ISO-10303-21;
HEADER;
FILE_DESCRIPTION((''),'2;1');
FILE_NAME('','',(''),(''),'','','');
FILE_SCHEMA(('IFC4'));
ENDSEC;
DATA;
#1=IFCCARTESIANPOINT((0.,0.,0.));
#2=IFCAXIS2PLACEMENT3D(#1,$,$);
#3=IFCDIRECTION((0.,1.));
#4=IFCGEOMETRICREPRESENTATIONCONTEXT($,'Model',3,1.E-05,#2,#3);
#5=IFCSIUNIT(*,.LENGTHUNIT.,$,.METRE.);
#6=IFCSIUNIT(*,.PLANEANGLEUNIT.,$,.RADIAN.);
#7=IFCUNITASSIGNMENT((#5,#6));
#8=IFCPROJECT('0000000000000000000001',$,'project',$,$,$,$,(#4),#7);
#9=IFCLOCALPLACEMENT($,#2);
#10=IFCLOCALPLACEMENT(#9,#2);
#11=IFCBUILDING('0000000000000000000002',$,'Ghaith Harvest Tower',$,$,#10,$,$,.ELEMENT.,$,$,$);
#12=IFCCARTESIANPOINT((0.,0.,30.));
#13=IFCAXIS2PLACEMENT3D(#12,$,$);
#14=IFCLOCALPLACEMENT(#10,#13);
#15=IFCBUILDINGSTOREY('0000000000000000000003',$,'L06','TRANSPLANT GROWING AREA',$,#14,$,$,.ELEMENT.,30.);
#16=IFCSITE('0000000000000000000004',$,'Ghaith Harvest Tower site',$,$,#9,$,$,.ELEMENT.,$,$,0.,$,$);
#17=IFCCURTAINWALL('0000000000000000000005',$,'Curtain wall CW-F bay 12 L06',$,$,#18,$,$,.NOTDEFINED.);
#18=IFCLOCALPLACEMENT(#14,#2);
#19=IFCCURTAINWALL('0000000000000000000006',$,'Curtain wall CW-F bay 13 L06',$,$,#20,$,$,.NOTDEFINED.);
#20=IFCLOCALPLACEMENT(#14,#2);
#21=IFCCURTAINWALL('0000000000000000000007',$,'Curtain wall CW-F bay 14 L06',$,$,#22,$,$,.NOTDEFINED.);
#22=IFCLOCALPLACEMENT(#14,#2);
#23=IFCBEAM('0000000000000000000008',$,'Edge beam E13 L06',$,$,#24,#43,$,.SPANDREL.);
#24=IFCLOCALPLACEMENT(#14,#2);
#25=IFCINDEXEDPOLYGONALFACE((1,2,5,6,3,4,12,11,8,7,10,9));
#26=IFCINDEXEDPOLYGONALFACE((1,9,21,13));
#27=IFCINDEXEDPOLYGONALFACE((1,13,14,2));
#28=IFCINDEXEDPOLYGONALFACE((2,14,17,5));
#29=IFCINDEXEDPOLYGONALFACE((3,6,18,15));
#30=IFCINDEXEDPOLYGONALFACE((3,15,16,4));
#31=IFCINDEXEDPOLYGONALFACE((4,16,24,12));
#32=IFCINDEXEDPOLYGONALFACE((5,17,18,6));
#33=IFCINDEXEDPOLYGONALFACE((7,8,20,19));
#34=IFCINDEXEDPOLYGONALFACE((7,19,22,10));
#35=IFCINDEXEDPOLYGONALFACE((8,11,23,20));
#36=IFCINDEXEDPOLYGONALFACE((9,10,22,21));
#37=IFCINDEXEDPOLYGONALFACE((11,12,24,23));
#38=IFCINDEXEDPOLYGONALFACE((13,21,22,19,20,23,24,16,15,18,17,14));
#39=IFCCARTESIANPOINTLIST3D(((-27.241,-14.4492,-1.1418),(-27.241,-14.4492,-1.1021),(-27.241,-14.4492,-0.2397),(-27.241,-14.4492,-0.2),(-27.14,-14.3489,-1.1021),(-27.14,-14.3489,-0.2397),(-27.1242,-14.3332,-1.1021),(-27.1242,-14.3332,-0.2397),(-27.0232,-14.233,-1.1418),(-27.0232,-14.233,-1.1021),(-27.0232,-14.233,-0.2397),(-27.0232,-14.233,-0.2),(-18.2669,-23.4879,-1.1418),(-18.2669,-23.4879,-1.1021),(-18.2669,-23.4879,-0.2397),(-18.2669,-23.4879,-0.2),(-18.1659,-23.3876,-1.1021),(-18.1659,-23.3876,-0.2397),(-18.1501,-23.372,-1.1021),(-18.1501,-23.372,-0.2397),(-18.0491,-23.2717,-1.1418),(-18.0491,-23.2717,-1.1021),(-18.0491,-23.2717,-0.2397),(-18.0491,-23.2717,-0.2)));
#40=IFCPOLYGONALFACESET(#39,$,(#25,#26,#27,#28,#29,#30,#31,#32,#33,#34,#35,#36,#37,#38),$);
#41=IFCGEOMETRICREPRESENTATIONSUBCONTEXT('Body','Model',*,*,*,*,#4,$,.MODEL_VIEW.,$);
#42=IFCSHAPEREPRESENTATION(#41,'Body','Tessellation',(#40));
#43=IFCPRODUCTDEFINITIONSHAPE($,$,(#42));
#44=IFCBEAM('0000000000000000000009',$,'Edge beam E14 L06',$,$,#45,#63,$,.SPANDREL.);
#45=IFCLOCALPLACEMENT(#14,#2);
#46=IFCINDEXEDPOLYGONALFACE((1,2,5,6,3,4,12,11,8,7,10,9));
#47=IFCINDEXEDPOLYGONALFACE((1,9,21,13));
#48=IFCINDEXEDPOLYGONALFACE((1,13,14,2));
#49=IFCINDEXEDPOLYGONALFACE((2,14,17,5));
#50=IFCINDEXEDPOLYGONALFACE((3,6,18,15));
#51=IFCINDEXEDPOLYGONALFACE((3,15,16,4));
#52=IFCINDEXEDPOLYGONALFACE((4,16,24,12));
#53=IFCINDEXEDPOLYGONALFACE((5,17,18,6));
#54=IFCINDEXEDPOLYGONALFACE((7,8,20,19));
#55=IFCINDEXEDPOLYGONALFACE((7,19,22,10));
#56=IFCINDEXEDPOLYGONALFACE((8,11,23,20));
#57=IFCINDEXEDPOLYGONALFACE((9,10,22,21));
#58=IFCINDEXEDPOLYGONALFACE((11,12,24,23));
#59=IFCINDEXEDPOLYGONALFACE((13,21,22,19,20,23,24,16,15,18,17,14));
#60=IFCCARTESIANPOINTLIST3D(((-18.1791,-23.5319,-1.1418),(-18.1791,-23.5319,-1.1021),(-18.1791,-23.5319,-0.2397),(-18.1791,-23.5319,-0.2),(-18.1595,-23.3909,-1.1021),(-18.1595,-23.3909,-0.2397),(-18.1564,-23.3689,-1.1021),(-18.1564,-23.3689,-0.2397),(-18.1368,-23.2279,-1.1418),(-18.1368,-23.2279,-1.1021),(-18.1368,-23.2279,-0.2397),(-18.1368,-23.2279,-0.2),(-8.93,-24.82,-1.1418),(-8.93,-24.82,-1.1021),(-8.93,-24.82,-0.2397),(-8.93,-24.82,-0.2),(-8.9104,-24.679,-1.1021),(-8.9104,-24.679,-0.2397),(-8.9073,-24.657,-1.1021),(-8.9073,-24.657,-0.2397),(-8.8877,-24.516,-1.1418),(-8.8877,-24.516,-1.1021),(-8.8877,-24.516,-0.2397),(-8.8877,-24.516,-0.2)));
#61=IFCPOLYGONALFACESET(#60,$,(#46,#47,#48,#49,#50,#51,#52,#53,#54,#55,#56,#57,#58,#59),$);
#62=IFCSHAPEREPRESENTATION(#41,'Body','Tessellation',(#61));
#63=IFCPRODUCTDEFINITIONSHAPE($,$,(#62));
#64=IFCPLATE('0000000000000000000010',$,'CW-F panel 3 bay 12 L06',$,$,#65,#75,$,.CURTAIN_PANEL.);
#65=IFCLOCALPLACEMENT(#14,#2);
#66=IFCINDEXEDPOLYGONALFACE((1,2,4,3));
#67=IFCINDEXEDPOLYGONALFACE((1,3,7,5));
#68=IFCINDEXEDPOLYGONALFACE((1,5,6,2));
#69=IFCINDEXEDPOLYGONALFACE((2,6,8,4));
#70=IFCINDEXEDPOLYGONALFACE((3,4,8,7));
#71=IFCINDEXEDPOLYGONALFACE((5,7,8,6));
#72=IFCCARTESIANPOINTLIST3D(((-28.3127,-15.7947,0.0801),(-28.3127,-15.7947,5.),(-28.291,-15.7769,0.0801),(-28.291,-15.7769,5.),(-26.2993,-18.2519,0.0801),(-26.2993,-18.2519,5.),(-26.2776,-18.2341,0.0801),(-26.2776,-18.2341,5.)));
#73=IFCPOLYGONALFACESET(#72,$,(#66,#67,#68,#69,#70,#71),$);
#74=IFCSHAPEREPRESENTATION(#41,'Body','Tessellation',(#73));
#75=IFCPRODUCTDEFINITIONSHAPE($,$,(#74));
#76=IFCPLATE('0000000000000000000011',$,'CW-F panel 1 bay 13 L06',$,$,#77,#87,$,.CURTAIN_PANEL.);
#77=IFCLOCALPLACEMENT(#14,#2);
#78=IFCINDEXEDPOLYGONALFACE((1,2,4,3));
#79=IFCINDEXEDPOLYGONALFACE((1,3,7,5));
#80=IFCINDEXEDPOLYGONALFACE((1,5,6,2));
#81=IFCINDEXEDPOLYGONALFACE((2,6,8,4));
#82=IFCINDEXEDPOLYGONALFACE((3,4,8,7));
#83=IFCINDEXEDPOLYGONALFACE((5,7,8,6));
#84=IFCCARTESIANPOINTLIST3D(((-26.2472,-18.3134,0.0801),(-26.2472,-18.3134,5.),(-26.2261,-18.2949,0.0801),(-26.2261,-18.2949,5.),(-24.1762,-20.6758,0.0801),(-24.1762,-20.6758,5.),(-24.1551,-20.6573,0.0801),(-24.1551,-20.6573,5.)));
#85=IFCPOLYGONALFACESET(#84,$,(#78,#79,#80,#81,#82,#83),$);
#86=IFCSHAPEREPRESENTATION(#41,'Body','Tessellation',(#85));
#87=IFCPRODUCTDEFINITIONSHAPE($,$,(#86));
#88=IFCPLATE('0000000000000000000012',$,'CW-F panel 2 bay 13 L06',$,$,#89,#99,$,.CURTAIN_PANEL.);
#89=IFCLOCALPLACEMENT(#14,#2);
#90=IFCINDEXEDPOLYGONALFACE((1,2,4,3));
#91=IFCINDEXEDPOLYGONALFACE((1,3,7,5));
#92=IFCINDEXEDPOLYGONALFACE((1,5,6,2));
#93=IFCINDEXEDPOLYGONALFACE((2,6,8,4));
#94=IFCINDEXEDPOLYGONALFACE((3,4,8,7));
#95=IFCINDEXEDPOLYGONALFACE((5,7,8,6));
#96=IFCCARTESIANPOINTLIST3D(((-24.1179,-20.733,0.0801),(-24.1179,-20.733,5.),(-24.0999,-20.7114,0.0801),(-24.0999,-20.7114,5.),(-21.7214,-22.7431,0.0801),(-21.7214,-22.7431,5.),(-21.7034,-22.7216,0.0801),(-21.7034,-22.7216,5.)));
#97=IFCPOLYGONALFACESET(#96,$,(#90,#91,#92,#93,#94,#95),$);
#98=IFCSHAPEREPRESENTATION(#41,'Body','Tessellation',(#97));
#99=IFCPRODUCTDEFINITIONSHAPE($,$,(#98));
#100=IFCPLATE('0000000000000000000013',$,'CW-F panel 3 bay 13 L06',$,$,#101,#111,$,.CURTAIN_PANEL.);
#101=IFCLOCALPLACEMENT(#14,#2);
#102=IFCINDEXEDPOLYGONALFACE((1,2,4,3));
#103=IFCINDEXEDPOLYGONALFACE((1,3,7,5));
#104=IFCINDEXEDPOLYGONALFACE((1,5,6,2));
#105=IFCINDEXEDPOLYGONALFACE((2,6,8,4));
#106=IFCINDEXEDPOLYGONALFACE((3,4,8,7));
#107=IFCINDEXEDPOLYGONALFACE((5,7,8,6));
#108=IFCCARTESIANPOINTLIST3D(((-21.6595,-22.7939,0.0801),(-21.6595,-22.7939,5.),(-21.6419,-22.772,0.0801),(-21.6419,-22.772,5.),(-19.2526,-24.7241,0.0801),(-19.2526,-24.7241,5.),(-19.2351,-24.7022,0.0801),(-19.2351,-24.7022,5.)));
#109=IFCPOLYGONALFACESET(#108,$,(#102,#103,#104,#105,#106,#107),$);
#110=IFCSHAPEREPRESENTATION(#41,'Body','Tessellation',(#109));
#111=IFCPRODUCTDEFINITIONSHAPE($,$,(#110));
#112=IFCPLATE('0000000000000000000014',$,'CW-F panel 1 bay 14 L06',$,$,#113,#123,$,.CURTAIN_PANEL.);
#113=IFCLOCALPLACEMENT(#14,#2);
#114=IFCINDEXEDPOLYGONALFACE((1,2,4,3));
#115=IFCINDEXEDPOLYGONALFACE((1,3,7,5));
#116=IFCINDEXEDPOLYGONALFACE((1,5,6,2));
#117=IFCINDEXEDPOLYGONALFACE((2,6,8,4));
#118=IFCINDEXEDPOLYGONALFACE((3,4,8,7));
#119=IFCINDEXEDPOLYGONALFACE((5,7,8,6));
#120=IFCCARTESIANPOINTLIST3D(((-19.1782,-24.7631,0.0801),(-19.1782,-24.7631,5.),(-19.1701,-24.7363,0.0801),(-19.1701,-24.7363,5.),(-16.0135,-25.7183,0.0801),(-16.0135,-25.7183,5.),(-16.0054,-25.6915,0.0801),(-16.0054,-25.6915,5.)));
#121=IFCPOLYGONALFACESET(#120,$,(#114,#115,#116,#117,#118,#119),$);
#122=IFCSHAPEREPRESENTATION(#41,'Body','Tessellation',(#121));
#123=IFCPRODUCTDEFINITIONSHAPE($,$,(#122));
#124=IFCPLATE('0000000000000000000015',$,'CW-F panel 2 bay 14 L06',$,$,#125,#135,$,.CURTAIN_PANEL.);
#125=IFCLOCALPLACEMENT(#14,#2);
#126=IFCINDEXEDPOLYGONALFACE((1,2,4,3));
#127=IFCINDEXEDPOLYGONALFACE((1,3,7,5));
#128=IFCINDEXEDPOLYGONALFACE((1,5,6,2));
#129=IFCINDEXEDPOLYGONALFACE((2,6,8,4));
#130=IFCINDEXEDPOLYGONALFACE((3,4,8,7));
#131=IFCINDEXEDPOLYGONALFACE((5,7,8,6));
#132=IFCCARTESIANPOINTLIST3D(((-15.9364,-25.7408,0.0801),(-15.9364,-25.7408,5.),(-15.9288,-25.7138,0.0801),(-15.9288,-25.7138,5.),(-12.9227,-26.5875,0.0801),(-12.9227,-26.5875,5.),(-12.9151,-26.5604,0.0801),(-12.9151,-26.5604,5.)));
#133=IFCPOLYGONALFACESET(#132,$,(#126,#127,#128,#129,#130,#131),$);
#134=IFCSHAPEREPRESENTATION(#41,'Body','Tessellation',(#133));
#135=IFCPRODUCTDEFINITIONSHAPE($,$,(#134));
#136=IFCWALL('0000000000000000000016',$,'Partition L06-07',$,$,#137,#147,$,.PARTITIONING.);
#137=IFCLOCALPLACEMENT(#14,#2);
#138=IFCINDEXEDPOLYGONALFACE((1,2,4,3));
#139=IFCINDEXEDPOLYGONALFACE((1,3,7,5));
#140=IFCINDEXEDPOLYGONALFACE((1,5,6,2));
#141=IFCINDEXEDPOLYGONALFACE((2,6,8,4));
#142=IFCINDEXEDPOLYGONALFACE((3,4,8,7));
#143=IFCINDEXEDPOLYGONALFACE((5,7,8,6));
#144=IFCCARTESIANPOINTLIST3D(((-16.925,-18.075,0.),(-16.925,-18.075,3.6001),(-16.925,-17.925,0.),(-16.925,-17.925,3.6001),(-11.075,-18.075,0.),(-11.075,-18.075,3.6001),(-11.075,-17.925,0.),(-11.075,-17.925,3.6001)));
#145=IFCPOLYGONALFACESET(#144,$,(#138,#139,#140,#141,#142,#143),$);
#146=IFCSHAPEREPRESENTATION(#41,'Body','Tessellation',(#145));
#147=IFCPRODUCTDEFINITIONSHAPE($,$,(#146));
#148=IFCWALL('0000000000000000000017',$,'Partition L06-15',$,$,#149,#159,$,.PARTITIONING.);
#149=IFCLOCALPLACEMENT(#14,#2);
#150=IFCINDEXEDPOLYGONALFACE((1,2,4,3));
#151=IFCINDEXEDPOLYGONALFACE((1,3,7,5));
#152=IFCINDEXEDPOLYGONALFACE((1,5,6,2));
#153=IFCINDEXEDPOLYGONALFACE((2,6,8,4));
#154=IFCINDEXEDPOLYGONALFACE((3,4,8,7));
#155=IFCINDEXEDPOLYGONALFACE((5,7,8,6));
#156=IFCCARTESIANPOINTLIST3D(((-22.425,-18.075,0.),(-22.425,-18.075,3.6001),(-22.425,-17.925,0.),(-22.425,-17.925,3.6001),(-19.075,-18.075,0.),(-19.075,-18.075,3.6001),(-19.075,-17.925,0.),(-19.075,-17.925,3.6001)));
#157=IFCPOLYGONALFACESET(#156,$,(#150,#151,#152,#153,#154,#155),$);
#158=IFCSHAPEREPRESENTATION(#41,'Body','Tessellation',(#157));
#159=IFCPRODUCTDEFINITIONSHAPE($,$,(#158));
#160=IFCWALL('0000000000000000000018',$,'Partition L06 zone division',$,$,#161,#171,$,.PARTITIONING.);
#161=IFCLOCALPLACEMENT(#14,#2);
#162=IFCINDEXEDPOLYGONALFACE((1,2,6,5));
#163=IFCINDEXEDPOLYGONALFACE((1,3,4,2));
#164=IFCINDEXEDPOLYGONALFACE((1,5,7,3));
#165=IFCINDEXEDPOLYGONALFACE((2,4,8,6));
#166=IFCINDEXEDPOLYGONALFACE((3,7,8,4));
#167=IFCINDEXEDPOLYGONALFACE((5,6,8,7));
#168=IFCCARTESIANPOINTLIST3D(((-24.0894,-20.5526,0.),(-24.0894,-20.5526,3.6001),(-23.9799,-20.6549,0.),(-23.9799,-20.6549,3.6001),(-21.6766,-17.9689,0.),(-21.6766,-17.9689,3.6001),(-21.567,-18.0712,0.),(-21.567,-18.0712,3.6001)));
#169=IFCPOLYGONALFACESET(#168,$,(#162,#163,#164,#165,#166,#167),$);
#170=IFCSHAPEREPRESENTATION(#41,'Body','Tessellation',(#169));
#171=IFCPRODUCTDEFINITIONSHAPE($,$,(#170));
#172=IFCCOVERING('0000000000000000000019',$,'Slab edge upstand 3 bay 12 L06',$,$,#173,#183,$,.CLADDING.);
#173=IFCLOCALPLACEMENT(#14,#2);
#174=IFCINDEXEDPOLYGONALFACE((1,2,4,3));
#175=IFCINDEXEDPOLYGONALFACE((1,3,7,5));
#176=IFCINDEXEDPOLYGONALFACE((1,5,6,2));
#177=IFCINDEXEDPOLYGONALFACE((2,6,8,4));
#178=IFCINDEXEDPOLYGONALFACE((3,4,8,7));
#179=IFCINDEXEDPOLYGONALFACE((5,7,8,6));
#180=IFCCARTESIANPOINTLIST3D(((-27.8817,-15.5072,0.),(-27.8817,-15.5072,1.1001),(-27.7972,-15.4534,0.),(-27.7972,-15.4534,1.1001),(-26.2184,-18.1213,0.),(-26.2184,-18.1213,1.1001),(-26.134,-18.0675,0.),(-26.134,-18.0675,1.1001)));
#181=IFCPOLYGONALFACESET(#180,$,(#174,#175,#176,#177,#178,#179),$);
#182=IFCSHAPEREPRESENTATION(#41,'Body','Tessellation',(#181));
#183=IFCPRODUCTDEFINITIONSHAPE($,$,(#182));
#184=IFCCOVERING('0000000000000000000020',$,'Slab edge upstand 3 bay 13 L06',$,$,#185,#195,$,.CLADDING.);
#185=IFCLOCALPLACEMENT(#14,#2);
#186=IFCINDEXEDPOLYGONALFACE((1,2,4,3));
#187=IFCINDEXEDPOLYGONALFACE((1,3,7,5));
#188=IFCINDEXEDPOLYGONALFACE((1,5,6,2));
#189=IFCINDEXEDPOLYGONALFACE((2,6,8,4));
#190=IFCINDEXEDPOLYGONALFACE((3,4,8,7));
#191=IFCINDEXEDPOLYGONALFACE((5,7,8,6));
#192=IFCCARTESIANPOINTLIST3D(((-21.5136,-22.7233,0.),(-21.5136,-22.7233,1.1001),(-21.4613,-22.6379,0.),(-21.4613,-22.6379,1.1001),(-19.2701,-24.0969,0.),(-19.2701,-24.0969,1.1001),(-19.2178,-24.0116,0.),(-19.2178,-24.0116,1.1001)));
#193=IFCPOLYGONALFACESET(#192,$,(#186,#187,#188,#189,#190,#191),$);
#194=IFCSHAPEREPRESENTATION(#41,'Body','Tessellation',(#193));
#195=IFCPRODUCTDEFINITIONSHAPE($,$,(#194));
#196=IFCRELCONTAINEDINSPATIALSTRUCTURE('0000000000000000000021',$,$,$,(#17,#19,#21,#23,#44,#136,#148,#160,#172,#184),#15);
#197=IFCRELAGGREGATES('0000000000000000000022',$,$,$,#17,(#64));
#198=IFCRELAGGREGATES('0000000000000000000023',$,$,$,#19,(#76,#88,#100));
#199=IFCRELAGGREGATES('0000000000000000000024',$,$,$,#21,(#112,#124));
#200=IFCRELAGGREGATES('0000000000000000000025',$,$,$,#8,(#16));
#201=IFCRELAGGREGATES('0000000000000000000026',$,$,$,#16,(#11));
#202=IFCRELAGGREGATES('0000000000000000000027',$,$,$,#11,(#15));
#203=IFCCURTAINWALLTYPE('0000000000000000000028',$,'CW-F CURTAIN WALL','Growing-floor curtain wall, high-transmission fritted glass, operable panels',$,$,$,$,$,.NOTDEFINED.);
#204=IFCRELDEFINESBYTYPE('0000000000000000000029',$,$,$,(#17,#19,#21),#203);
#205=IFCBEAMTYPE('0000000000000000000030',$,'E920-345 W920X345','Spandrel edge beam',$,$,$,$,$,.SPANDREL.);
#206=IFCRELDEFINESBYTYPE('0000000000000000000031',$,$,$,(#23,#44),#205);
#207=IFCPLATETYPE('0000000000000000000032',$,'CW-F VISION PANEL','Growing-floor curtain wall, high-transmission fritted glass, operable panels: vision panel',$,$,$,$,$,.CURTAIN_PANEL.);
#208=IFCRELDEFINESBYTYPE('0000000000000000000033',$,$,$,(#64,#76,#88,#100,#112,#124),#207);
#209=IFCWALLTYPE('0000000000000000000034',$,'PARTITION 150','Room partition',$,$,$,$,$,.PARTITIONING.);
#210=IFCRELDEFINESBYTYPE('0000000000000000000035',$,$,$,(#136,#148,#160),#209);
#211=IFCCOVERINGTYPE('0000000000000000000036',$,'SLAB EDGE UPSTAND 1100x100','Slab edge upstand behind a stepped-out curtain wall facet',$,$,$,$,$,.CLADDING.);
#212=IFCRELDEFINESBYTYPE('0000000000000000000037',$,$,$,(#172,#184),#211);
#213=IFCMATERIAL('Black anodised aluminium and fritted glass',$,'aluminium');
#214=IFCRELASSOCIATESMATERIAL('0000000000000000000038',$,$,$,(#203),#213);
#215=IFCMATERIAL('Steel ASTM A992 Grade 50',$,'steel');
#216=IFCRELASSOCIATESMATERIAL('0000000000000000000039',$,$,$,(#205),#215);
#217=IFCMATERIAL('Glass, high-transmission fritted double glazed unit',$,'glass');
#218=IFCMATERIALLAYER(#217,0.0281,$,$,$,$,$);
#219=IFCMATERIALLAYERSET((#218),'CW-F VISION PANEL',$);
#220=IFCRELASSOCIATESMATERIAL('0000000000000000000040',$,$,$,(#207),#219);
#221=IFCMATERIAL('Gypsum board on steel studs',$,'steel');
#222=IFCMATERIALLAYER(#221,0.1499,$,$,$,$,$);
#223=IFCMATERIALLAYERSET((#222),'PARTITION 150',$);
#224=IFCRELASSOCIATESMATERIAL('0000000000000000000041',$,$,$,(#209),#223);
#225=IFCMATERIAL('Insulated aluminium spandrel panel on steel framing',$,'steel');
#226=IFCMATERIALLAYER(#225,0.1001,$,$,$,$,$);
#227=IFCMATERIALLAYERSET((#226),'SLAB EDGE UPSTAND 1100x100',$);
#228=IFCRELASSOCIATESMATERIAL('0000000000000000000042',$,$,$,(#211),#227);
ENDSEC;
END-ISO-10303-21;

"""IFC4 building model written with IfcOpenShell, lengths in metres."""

from ifc_helpers import new_model, si_unit, direction, frame, frame_2d, origin, origin_2d, place, context, subcontext, project, spatial, rectangle, i_section, extrude, material, layer, layer_set, material_profile, profile_set, type_object, element, aggregate, save


model = new_model("IFC4")

# Units and contexts
model_context = context("Model", 3, precision=1e-05, world=origin(), true_north=direction((0.0, 1.0)))
body_context = subcontext(model_context, "Body", "Model", "MODEL_VIEW")
ifc_project = project(units=[si_unit("LENGTHUNIT", "METRE"), si_unit("PLANEANGLEUNIT", "RADIAN")], contexts=[model_context])

# Site, building, storey
site_placement = place(None, origin())
site = spatial("IfcSite", under=ifc_project, at=site_placement, Name="Ghaith Harvest Tower site", CompositionType="ELEMENT", RefElevation=0.0)
building_placement = place(site_placement, origin())
building = spatial("IfcBuilding", under=site, at=building_placement, Name="Ghaith Harvest Tower", CompositionType="ELEMENT")
storey_placement = place(building_placement, frame((0.0, 0.0, 30.0)))
storey = spatial("IfcBuildingStorey", under=building, at=storey_placement, Name="L06", Description="TRANSPLANT GROWING AREA", CompositionType="ELEMENT", Elevation=30.0)

# Curtain wall
ifc_material_1 = material(Name="Black anodised aluminium and fritted glass", Category="aluminium")
curtain_wall_type = type_object("IfcCurtainWallType", Name="CW-F CURTAIN WALL", Description="Growing-floor curtain wall, high-transmission fritted glass, operable panels", PredefinedType="NOTDEFINED", material=ifc_material_1)
curtain_wall_1_placement = place(storey_placement, origin())
curtain_wall_1 = element("IfcCurtainWall", 1, at=curtain_wall_1_placement, inside=storey, type_object=curtain_wall_type, Name="Curtain wall CW-F bay 12 L06", PredefinedType="NOTDEFINED")

# Curtain walls
curtain_wall_2_placement = place(storey_placement, origin())
curtain_wall_2 = element("IfcCurtainWall", 2, at=curtain_wall_2_placement, inside=storey, type_object=curtain_wall_type, Name="Curtain wall CW-F bay 13 L06", PredefinedType="NOTDEFINED")
curtain_wall_3_placement = place(storey_placement, origin())
curtain_wall_3 = element("IfcCurtainWall", 3, at=curtain_wall_3_placement, inside=storey, type_object=curtain_wall_type, Name="Curtain wall CW-F bay 14 L06", PredefinedType="NOTDEFINED")

# Beams
ifc_material_2 = material(Name="Steel ASTM A992 Grade 50", Category="steel")
ifc_material_profile_1 = material_profile(ifc_material_2, i_section(OverallWidth=0.3069, OverallDepth=0.9419, WebThickness=0.0222, FlangeThickness=0.0398, at=origin_2d()), Name="W920X345")
ifc_profile_set_1 = profile_set([ifc_material_profile_1], Name="Steel ASTM A992 Grade 50")
beam_type = type_object("IfcBeamType", Name="E920-345 W920X345", Description="Spandrel edge beam", PredefinedType="SPANDREL", material=ifc_profile_set_1)
beam_1_placement = place(storey_placement, frame((-27.1321, -14.3411, -0.6709), z_axis=(0.704563, -0.709642, 0.0), x_axis=(0.709642, 0.704563, 0.0)))
element("IfcBeam", 4, at=beam_1_placement, inside=storey, type_object=beam_type, Name="Edge beam E13 L06", PredefinedType="SPANDREL", context=body_context, shape_type="SweptSolid", body=[
    extrude(i_section(OverallWidth=0.3069, OverallDepth=0.9419, WebThickness=0.0222, FlangeThickness=0.0398, at=origin_2d()), origin(), (0.0, 0.0, 1.0), 12.7371),
])
beam_2_placement = place(storey_placement, frame((-18.158, -23.3799, -0.6709), z_axis=(0.990441, -0.137936, 0.0), x_axis=(0.137936, 0.990441, 0.0)))
element("IfcBeam", 5, at=beam_2_placement, inside=storey, type_object=beam_type, Name="Edge beam E14 L06", PredefinedType="SPANDREL", context=body_context, shape_type="SweptSolid", body=[
    extrude(i_section(OverallWidth=0.3069, OverallDepth=0.9419, WebThickness=0.0222, FlangeThickness=0.0398, at=origin_2d()), origin(), (0.0, 0.0, 1.0), 9.3384),
])

# Plates
ifc_material_3 = material(Name="Glass, high-transmission fritted double glazed unit", Category="glass")
ifc_layer_1 = layer(ifc_material_3, 0.0281)
ifc_layer_set_1 = layer_set([ifc_layer_1], Name="CW-F VISION PANEL")
plate_type = type_object("IfcPlateType", Name="CW-F VISION PANEL", Description="Growing-floor curtain wall, high-transmission fritted glass, operable panels: vision panel", PredefinedType="CURTAIN_PANEL", material=ifc_layer_set_1)
plate_1_placement = place(storey_placement, frame((-27.2952, -17.0144, 0.0801), z_axis=(0.0, 0.0, 1.0), x_axis=(0.63379, -0.773505, 0.0)))
plate_1 = element("IfcPlate", 6, at=plate_1_placement, type_object=plate_type, Name="CW-F panel 3 bay 12 L06", PredefinedType="CURTAIN_PANEL", context=body_context, shape_type="SweptSolid", body=[
    extrude(rectangle(XDim=3.1768, YDim=0.0281, at=origin_2d()), origin(), (0.0, 0.0, 1.0), 4.9199),
])
aggregate(curtain_wall_1, [plate_1])
plate_2_placement = place(storey_placement, frame((-25.2012, -19.4854, 0.0801), z_axis=(0.0, 0.0, 1.0), x_axis=(0.659216, -0.751954, 0.0)))
plate_2 = element("IfcPlate", 7, at=plate_2_placement, type_object=plate_type, Name="CW-F panel 1 bay 13 L06", PredefinedType="CURTAIN_PANEL", context=body_context, shape_type="SweptSolid", body=[
    extrude(rectangle(XDim=3.1416, YDim=0.0281, at=origin_2d()), origin(), (0.0, 0.0, 1.0), 4.9199),
])
plate_3_placement = place(storey_placement, frame((-22.9106, -21.7273, 0.0801), z_axis=(0.0, 0.0, 1.0), x_axis=(0.766155, -0.642656, 0.0)))
plate_3 = element("IfcPlate", 8, at=plate_3_placement, type_object=plate_type, Name="CW-F panel 2 bay 13 L06", PredefinedType="CURTAIN_PANEL", context=body_context, shape_type="SweptSolid", body=[
    extrude(rectangle(XDim=3.1279, YDim=0.0281, at=origin_2d()), origin(), (0.0, 0.0, 1.0), 4.9199),
])
plate_4_placement = place(storey_placement, frame((-20.4473, -23.748, 0.0801), z_axis=(0.0, 0.0, 1.0), x_axis=(0.780122, -0.625627, 0.0)))
plate_4 = element("IfcPlate", 9, at=plate_4_placement, type_object=plate_type, Name="CW-F panel 3 bay 13 L06", PredefinedType="CURTAIN_PANEL", context=body_context, shape_type="SweptSolid", body=[
    extrude(rectangle(XDim=3.0852, YDim=0.0281, at=origin_2d()), origin(), (0.0, 0.0, 1.0), 4.9199),
])
aggregate(curtain_wall_2, [plate_2, plate_3, plate_4])
plate_5_placement = place(storey_placement, frame((-17.5918, -25.2273, 0.0801), z_axis=(0.0, 0.0, 1.0), x_axis=(0.957342, -0.288956, 0.0)))
plate_5 = element("IfcPlate", 10, at=plate_5_placement, type_object=plate_type, Name="CW-F panel 1 bay 14 L06", PredefinedType="CURTAIN_PANEL", context=body_context, shape_type="SweptSolid", body=[
    extrude(rectangle(XDim=3.3057, YDim=0.0281, at=origin_2d()), origin(), (0.0, 0.0, 1.0), 4.9199),
])
plate_6_placement = place(storey_placement, frame((-14.4258, -26.1506, 0.0801), z_axis=(0.0, 0.0, 1.0), x_axis=(0.96273, -0.270465, 0.0)))
plate_6 = element("IfcPlate", 11, at=plate_6_placement, type_object=plate_type, Name="CW-F panel 2 bay 14 L06", PredefinedType="CURTAIN_PANEL", context=body_context, shape_type="SweptSolid", body=[
    extrude(rectangle(XDim=3.1304, YDim=0.0281, at=origin_2d()), origin(), (0.0, 0.0, 1.0), 4.9199),
])
aggregate(curtain_wall_3, [plate_5, plate_6])

# Walls
ifc_material_4 = material(Name="Gypsum board on steel studs", Category="steel")
ifc_layer_2 = layer(ifc_material_4, 0.1499)
ifc_layer_set_2 = layer_set([ifc_layer_2], Name="PARTITION 150")
wall_type = type_object("IfcWallType", Name="PARTITION 150", Description="Room partition", PredefinedType="PARTITIONING", material=ifc_layer_set_2)
wall_1_placement = place(storey_placement, frame((-16.925, -18.0, 0.0), z_axis=(0.0, 0.0, 1.0), x_axis=(1.0, 0.0, 0.0)))
element("IfcWall", 12, at=wall_1_placement, inside=storey, type_object=wall_type, Name="Partition L06-07", PredefinedType="PARTITIONING", context=body_context, shape_type="SweptSolid", body=[
    extrude(rectangle(XDim=5.8501, YDim=0.1499, at=frame_2d((2.925, 0.0))), origin(), (0.0, 0.0, 1.0), 3.6001),
])
wall_2_placement = place(storey_placement, frame((-22.425, -18.0, 0.0), z_axis=(0.0, 0.0, 1.0), x_axis=(1.0, 0.0, 0.0)))
element("IfcWall", 13, at=wall_2_placement, inside=storey, type_object=wall_type, Name="Partition L06-15", PredefinedType="PARTITIONING", context=body_context, shape_type="SweptSolid", body=[
    extrude(rectangle(XDim=3.3501, YDim=0.1499, at=frame_2d((1.675, 0.0))), origin(), (0.0, 0.0, 1.0), 3.6001),
])
wall_3_placement = place(storey_placement, frame((-21.6218, -18.02, 0.0), z_axis=(0.0, 0.0, 1.0), x_axis=(-0.682522, -0.730865, 0.0)))
element("IfcWall", 14, at=wall_3_placement, inside=storey, type_object=wall_type, Name="Partition L06 zone division", PredefinedType="PARTITIONING", context=body_context, shape_type="SweptSolid", body=[
    extrude(rectangle(XDim=3.5352, YDim=0.1499, at=frame_2d((1.7676, 0.0))), origin(), (0.0, 0.0, 1.0), 3.6001),
])

# Coverings
ifc_material_5 = material(Name="Insulated aluminium spandrel panel on steel framing", Category="steel")
ifc_layer_3 = layer(ifc_material_5, 0.1001)
ifc_layer_set_3 = layer_set([ifc_layer_3], Name="SLAB EDGE UPSTAND 1100x100")
covering_type = type_object("IfcCoveringType", Name="SLAB EDGE UPSTAND 1100x100", Description="Slab edge upstand behind a stepped-out curtain wall facet", PredefinedType="CLADDING", material=ifc_layer_set_3)
covering_1_placement = place(storey_placement, frame((-27.0078, -16.7874, 0.0), z_axis=(0.0, 0.0, 1.0), x_axis=(0.536807, -0.843705, 0.0)))
element("IfcCovering", 15, at=covering_1_placement, inside=storey, type_object=covering_type, Name="Slab edge upstand 3 bay 12 L06", PredefinedType="CLADDING", context=body_context, shape_type="SweptSolid", body=[
    extrude(rectangle(XDim=3.0984, YDim=0.1001, at=origin_2d()), origin(), (0.0, 0.0, 1.0), 1.1001),
])
covering_2_placement = place(storey_placement, frame((-20.3657, -23.3674, 0.0), z_axis=(0.0, 0.0, 1.0), x_axis=(0.852847, -0.522161, 0.0)))
element("IfcCovering", 16, at=covering_2_placement, inside=storey, type_object=covering_type, Name="Slab edge upstand 3 bay 13 L06", PredefinedType="CLADDING", context=body_context, shape_type="SweptSolid", body=[
    extrude(rectangle(XDim=2.6306, YDim=0.1001, at=origin_2d()), origin(), (0.0, 0.0, 1.0), 1.1001),
])

save(model, "model.ifc")
